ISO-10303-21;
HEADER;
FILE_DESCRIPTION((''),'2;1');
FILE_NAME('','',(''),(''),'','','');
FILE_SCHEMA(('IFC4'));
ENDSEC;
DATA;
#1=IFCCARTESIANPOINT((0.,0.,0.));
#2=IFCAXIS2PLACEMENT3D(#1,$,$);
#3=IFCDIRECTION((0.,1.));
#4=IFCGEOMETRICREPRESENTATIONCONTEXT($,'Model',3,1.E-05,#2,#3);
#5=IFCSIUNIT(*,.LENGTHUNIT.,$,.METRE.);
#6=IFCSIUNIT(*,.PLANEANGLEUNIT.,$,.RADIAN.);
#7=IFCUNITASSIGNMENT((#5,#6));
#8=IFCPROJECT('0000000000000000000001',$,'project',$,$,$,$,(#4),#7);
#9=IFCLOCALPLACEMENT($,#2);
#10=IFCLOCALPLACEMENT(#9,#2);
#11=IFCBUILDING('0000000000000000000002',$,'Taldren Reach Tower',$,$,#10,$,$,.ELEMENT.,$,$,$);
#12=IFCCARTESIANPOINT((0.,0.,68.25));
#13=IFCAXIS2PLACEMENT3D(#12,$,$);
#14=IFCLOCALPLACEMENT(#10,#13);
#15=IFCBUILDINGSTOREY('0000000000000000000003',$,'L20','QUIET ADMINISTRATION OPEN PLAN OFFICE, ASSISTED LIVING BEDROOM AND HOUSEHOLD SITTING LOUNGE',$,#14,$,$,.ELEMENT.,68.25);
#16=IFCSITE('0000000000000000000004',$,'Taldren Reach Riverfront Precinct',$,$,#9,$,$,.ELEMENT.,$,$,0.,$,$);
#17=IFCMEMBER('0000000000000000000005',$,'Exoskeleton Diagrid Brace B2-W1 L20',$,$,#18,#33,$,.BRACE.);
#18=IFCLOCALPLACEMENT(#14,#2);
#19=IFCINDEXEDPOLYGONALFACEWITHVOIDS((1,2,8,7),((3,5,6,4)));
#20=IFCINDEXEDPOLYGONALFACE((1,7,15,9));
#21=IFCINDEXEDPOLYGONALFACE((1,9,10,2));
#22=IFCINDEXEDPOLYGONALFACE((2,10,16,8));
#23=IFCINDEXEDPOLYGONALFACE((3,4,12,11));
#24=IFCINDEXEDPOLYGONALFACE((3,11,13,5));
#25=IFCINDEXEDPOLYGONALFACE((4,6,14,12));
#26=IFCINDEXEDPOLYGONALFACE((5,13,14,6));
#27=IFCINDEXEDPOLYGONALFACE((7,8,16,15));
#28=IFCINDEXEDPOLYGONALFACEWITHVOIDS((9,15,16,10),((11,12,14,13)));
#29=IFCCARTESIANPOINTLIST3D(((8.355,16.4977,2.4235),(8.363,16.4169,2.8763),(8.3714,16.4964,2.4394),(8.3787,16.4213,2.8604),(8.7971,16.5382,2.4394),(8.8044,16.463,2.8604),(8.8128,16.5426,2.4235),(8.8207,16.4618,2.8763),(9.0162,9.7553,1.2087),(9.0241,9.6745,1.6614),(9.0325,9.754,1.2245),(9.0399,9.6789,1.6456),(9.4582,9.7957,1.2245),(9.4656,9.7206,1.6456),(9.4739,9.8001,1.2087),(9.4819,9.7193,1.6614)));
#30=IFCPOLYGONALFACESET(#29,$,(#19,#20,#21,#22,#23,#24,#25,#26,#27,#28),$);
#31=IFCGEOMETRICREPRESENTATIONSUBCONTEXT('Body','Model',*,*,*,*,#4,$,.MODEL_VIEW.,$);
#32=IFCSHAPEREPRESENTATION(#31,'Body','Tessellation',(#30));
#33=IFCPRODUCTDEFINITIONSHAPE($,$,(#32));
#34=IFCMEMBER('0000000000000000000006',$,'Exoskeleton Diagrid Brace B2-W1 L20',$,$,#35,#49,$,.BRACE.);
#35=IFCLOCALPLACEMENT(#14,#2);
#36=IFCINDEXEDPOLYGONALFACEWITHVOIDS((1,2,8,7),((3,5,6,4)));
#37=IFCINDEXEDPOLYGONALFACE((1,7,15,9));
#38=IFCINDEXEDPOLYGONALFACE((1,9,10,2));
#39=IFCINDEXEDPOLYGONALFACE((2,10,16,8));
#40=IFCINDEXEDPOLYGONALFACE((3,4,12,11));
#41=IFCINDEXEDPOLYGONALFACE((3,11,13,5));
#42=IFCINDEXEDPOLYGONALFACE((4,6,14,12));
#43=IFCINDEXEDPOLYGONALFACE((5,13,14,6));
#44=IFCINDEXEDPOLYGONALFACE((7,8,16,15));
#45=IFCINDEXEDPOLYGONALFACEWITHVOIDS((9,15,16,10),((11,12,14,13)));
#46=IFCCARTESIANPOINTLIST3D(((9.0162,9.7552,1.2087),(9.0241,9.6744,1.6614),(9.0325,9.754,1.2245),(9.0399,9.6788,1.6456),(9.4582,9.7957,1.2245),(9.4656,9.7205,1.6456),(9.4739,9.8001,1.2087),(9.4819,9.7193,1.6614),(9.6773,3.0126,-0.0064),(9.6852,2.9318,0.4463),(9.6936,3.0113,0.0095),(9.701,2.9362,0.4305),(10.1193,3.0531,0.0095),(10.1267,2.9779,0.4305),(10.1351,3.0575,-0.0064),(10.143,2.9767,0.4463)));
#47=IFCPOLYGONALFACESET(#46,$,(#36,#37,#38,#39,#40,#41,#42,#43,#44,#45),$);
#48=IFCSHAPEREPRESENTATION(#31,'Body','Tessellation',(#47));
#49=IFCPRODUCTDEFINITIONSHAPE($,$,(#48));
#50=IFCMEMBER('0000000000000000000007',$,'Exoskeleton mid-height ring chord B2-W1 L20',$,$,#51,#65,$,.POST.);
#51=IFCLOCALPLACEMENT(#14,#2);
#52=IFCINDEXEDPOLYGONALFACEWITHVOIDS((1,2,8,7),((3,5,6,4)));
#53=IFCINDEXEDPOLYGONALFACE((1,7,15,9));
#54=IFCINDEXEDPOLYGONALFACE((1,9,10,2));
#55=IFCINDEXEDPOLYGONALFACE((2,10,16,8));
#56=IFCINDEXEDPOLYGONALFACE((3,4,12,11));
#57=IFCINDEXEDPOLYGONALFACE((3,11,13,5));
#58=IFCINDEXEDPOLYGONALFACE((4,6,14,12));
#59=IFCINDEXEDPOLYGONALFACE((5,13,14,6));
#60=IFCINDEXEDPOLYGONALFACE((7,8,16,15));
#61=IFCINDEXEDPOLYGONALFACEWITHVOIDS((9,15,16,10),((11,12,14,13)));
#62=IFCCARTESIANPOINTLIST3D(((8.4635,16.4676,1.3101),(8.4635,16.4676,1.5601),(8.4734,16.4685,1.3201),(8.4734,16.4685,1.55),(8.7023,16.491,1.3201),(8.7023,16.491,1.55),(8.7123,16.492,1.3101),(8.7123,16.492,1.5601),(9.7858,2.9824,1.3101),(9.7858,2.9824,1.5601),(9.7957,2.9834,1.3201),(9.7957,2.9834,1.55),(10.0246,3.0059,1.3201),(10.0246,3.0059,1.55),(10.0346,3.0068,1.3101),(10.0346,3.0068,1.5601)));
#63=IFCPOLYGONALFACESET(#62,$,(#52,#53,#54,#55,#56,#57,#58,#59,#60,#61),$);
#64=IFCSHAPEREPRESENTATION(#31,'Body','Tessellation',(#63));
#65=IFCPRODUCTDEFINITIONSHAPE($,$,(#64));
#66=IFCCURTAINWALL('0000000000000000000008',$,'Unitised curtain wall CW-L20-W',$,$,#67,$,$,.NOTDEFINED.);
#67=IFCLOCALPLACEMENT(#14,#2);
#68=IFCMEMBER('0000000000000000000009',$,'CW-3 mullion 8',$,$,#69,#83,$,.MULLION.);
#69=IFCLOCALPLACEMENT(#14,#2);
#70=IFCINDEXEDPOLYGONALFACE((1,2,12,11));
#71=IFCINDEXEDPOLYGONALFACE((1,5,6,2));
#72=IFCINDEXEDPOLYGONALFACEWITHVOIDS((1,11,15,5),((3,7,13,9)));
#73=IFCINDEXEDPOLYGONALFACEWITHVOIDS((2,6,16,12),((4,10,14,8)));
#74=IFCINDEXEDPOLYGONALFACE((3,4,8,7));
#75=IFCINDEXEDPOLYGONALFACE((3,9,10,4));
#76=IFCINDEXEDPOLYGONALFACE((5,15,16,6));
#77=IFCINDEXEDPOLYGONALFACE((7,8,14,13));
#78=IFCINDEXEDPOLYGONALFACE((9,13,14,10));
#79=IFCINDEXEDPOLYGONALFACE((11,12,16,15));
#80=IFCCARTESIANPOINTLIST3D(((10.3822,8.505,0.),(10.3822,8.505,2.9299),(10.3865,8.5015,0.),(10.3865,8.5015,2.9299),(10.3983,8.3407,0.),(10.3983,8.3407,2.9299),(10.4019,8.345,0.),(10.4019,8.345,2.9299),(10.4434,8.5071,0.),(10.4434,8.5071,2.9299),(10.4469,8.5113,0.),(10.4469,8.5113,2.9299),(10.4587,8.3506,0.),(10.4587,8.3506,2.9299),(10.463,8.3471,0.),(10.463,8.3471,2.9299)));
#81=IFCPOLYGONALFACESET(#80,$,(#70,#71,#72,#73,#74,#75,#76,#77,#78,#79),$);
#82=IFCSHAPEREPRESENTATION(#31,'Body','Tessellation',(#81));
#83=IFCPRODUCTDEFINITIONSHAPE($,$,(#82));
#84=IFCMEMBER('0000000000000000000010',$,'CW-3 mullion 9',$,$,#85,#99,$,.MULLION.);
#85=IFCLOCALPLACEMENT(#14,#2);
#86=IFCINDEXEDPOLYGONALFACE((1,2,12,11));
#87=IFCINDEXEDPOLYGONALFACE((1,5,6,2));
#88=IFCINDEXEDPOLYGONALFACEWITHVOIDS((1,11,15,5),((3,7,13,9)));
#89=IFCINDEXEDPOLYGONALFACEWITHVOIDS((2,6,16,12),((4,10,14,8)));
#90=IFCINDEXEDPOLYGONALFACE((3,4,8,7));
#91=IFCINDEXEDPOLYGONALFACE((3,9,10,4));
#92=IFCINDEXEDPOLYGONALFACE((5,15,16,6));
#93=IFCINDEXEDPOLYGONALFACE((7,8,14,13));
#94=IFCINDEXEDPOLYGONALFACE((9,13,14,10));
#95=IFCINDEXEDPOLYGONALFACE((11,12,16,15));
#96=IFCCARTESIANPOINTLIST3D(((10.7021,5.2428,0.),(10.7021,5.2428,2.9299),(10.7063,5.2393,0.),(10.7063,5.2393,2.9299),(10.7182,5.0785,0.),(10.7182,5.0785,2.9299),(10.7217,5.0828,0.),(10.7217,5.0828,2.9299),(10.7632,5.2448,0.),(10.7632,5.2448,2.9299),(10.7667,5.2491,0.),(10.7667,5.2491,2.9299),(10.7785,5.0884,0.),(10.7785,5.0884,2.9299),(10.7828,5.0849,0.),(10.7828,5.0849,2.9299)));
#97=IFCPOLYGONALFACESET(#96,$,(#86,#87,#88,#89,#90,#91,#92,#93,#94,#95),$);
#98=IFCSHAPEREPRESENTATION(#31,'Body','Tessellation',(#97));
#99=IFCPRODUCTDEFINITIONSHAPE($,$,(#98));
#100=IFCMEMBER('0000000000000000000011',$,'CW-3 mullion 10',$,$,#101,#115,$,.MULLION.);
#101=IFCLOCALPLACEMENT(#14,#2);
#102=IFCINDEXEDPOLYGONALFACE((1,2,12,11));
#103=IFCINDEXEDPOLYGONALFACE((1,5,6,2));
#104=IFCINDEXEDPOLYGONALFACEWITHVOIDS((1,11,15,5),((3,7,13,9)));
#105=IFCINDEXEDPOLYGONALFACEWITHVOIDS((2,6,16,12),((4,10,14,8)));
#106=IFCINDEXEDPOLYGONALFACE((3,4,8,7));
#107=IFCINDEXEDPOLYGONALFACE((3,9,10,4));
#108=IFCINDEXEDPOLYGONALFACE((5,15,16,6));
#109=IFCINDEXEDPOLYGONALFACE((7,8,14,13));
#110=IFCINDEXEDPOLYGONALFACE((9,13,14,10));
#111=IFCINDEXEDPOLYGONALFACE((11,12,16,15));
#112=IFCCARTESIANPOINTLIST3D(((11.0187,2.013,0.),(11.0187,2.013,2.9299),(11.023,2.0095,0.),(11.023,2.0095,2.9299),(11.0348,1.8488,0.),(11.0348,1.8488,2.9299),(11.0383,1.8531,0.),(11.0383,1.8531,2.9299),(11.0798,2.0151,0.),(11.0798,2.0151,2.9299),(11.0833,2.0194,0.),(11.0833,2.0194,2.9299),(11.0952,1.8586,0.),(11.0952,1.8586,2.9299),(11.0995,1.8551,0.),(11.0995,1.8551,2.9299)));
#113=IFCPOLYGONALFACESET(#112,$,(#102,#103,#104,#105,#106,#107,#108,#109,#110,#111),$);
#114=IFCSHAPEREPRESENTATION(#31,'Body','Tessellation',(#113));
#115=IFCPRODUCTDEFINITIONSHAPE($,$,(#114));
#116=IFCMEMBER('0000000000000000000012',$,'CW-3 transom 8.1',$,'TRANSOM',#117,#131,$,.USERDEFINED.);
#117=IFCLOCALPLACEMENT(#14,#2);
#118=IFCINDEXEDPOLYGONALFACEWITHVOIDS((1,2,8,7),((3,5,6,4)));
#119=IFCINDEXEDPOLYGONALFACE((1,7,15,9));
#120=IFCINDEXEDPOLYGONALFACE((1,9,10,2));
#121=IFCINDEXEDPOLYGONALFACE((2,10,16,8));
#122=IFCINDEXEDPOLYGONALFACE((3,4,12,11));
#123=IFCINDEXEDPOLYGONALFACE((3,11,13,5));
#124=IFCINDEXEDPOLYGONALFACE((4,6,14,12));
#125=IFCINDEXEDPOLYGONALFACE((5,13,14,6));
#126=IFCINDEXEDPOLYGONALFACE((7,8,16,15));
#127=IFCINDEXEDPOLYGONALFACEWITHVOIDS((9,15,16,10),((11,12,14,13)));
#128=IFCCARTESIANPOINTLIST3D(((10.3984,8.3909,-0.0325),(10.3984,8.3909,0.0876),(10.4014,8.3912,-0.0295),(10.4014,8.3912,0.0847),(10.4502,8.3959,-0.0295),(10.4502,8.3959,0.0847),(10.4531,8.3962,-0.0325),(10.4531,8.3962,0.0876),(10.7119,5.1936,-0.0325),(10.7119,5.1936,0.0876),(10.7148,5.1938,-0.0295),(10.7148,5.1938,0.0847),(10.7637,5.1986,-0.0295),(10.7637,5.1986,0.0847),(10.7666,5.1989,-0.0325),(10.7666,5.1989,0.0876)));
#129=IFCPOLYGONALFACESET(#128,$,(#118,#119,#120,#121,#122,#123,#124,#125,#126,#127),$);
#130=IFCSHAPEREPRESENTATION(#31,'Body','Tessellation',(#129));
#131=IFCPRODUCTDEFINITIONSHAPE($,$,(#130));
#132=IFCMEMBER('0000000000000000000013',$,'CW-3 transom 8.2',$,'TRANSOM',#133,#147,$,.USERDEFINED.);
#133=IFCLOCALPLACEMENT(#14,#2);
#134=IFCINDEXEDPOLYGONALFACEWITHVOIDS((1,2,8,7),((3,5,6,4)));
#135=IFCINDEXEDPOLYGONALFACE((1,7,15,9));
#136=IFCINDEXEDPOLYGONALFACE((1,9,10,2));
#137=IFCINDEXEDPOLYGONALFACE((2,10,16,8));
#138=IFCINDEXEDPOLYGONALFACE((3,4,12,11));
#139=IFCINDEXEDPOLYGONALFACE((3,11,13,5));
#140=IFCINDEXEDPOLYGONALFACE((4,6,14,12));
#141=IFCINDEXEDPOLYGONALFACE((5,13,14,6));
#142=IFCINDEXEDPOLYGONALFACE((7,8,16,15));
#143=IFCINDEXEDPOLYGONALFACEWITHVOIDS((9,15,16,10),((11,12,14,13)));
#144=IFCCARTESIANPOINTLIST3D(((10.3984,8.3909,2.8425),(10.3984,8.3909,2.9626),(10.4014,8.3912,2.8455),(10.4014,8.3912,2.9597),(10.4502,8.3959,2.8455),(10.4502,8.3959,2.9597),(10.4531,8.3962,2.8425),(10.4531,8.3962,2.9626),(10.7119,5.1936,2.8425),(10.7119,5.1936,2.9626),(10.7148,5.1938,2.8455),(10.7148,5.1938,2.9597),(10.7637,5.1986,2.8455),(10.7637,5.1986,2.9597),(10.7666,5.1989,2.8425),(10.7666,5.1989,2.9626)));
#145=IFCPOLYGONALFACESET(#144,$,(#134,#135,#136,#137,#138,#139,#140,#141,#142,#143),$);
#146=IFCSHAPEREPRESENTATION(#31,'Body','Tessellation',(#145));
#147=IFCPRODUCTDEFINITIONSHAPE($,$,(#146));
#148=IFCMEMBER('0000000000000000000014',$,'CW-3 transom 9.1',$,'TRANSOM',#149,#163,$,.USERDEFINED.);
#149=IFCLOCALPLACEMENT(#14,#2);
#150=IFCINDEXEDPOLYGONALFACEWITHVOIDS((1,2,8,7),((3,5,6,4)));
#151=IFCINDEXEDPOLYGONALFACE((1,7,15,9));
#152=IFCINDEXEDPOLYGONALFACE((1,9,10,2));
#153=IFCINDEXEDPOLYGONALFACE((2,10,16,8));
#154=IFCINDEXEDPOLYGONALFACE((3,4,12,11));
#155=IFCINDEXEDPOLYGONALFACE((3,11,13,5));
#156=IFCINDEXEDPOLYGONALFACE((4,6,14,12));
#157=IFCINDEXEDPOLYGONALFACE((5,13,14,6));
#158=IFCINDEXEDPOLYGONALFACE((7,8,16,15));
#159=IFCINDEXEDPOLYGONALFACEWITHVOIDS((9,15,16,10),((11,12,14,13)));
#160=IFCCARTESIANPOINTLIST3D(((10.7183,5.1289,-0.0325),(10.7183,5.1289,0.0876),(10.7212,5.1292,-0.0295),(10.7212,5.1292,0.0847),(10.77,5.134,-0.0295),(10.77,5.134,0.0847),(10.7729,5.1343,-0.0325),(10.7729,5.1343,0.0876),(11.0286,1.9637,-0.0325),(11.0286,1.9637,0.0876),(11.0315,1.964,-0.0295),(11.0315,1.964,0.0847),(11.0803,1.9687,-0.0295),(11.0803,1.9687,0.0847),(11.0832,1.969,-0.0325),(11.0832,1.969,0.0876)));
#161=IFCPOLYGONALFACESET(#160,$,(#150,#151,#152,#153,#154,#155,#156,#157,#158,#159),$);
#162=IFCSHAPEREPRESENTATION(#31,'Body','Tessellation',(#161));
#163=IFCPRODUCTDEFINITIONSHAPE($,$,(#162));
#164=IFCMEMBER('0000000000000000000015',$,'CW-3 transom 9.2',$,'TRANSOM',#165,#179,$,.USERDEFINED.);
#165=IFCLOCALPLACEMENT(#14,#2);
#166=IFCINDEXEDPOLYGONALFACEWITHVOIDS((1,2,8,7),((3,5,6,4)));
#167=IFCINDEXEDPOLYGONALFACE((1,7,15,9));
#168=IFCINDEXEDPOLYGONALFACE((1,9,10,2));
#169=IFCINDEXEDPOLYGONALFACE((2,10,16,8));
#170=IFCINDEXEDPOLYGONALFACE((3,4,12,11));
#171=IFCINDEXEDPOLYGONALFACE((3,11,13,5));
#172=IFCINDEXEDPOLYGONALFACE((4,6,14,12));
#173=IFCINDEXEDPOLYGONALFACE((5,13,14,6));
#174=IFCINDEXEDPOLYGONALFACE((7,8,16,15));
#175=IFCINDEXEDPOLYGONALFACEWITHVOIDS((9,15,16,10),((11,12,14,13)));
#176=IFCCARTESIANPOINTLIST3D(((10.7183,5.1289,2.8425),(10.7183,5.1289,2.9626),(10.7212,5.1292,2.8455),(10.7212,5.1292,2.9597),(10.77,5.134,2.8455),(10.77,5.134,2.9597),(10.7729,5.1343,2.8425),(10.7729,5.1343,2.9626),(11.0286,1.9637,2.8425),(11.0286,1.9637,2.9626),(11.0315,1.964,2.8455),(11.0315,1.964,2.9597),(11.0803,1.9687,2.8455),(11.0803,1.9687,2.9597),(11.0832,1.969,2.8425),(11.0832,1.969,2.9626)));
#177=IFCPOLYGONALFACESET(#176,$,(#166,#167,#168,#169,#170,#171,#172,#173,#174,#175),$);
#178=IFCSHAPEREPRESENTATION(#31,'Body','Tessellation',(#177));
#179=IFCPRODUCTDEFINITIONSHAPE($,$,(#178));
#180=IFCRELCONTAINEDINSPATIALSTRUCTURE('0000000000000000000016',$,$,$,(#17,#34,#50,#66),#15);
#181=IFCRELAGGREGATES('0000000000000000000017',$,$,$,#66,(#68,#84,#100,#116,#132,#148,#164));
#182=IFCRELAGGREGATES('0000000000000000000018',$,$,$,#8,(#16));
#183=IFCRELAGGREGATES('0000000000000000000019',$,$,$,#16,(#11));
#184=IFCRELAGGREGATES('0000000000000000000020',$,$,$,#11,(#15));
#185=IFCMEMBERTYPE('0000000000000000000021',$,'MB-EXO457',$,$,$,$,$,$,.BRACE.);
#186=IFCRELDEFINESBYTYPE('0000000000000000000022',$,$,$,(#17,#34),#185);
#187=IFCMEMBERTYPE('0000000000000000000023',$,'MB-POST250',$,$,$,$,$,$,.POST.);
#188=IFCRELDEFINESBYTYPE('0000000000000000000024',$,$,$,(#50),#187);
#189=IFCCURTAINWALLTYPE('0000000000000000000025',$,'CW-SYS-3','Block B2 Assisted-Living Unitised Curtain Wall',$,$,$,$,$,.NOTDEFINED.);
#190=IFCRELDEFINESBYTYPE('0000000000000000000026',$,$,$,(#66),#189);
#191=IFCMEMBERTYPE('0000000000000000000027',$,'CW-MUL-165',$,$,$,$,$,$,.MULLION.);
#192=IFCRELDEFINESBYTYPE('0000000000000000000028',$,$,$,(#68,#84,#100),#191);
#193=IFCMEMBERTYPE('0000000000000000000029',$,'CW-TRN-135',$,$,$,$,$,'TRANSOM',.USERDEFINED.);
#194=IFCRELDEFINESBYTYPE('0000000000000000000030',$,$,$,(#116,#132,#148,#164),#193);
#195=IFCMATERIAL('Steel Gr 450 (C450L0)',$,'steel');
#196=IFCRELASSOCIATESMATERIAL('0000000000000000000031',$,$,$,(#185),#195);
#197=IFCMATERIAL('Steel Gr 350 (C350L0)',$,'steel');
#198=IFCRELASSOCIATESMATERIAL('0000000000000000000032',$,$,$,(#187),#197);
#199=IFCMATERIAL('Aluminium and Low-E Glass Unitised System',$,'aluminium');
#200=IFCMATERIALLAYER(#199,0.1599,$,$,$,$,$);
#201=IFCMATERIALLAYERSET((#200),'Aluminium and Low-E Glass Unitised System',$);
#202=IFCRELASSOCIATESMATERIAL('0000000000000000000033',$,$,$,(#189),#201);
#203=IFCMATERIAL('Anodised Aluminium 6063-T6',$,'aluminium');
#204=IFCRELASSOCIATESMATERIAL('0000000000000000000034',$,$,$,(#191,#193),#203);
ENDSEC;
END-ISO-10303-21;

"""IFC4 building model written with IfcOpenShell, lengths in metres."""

from ifc_helpers import new_model, si_unit, direction, frame, origin, origin_2d, place, context, subcontext, project, spatial, hollow_rectangle, extrude, source, transform, mapped, material, layer, layer_set, material_profile, profile_set, type_object, element, aggregate, save


model = new_model("IFC4")

# Units and contexts
model_context = context("Model", 3, precision=1e-05, world=origin(), true_north=direction((0.0, 1.0)))
body_context = subcontext(model_context, "Body", "Model", "MODEL_VIEW")
ifc_project = project(units=[si_unit("LENGTHUNIT", "METRE"), si_unit("PLANEANGLEUNIT", "RADIAN")], contexts=[model_context])

# Site, building, storey
site_placement = place(None, origin())
site = spatial("IfcSite", under=ifc_project, at=site_placement, Name="Taldren Reach Riverfront Precinct", CompositionType="ELEMENT", RefElevation=0.0)
building_placement = place(site_placement, origin())
building = spatial("IfcBuilding", under=site, at=building_placement, Name="Taldren Reach Tower", CompositionType="ELEMENT")
storey_placement = place(building_placement, frame((0.0, 0.0, 68.25)))
storey = spatial("IfcBuildingStorey", under=building, at=storey_placement, Name="L20", Description="QUIET ADMINISTRATION OPEN PLAN OFFICE, ASSISTED LIVING BEDROOM AND HOUSEHOLD SITTING LOUNGE", CompositionType="ELEMENT", Elevation=68.25)

# Members
ifc_material_1 = material(Name="Steel Gr 450 (C450L0)", Category="steel")
ifc_material_profile_1 = material_profile(ifc_material_1, hollow_rectangle(XDim=0.46, YDim=0.46, WallThickness=0.0161, at=origin_2d()), Name="460x460x16.0SHS")
ifc_profile_set_1 = profile_set([ifc_material_profile_1], Name="Steel Gr 450 (C450L0)")
member_type_1 = type_object("IfcMemberType", Name="MB-EXO457", PredefinedType="BRACE", material=ifc_profile_set_1)
shared_shape_1 = source(origin(), body_context, "Body", "SweptSolid", [
    extrude(hollow_rectangle(XDim=0.46, YDim=0.46, WallThickness=0.0161, at=origin_2d()), origin(), (0.0, 0.0, 1.0), 6.8828),
])
member_1_placement = place(storey_placement, frame((9.249, 9.7373, 1.4351), z_axis=(-0.096055, 0.979602, 0.176504), x_axis=(-0.995227, -0.097588, 0.0)))
element("IfcMember", 1, at=member_1_placement, inside=storey, type_object=member_type_1, Name="Exoskeleton Diagrid Brace B2-W1 L20", PredefinedType="BRACE", context=body_context, shape_type="MappedRepresentation", body=[
    mapped(shared_shape_1, transform((0.0, 0.0, 0.0), scale=1.0)),
])
shared_shape_2 = source(origin(), body_context, "Body", "SweptSolid", [
    extrude(hollow_rectangle(XDim=0.46, YDim=0.46, WallThickness=0.0161, at=origin_2d()), origin(), (0.0, 0.0, 1.0), 6.8831),
])
member_2_placement = place(storey_placement, frame((9.9102, 2.9946, 0.22), z_axis=(-0.096051, 0.979597, 0.176532), x_axis=(-0.995227, -0.097584, 0.0)))
element("IfcMember", 2, at=member_2_placement, inside=storey, type_object=member_type_1, Name="Exoskeleton Diagrid Brace B2-W1 L20", PredefinedType="BRACE", context=body_context, shape_type="MappedRepresentation", body=[
    mapped(shared_shape_2, transform((0.0, 0.0, 0.0), scale=1.0)),
])
ifc_material_2 = material(Name="Steel Gr 350 (C350L0)", Category="steel")
ifc_material_profile_2 = material_profile(ifc_material_2, hollow_rectangle(XDim=0.25, YDim=0.25, WallThickness=0.01, at=origin_2d()), Name="250x250x10.0SHS")
ifc_profile_set_2 = profile_set([ifc_material_profile_2], Name="Steel Gr 350 (C350L0)")
member_type_2 = type_object("IfcMemberType", Name="MB-POST250", PredefinedType="POST", material=ifc_profile_set_2)
shared_shape_3 = source(origin(), body_context, "Body", "SweptSolid", [
    extrude(hollow_rectangle(XDim=0.25, YDim=0.25, WallThickness=0.01, at=origin_2d()), origin(), (0.0, 0.0, 1.0), 13.5498),
])
member_3_placement = place(storey_placement, frame((9.9102, 2.9946, 1.4351), z_axis=(-0.097586, 0.995227, 0.0), x_axis=(-0.995227, -0.097586, 0.0)))
element("IfcMember", 3, at=member_3_placement, inside=storey, type_object=member_type_2, Name="Exoskeleton mid-height ring chord B2-W1 L20", PredefinedType="POST", context=body_context, shape_type="MappedRepresentation", body=[
    mapped(shared_shape_3, transform((0.0, 0.0, 0.0), scale=1.0)),
])

# Curtain wall, members
ifc_material_3 = material(Name="Aluminium and Low-E Glass Unitised System", Category="aluminium")
ifc_layer_1 = layer(ifc_material_3, 0.1599)
ifc_layer_set_1 = layer_set([ifc_layer_1], Name="Aluminium and Low-E Glass Unitised System")
curtain_wall_type = type_object("IfcCurtainWallType", Name="CW-SYS-3", Description="Block B2 Assisted-Living Unitised Curtain Wall", PredefinedType="NOTDEFINED", material=ifc_layer_set_1)
curtain_wall_placement = place(storey_placement, origin())
curtain_wall = element("IfcCurtainWall", 4, at=curtain_wall_placement, inside=storey, type_object=curtain_wall_type, Name="Unitised curtain wall CW-L20-W", PredefinedType="NOTDEFINED")
ifc_material_4 = material(Name="Anodised Aluminium 6063-T6", Category="aluminium")
ifc_material_profile_3 = material_profile(ifc_material_4, hollow_rectangle(XDim=0.0649, YDim=0.165, WallThickness=0.0039, at=origin_2d()), Name="ALU-165x65x4RHS")
ifc_profile_set_3 = profile_set([ifc_material_profile_3], Name="Anodised Aluminium 6063-T6")
member_type_3 = type_object("IfcMemberType", Name="CW-MUL-165", PredefinedType="MULLION", material=ifc_profile_set_3)
shared_shape_4 = source(origin(), body_context, "Body", "SweptSolid", [
    extrude(hollow_rectangle(XDim=0.0649, YDim=0.165, WallThickness=0.0039, at=origin_2d()), origin(), (0.0, 0.0, 1.0), 2.9299),
])
member_4_placement = place(storey_placement, frame((10.4226, 8.426, 0.0), z_axis=(0.0, 0.0, 1.0), x_axis=(0.995227, 0.097583, 0.0)))
member_4 = element("IfcMember", 5, at=member_4_placement, type_object=member_type_3, Name="CW-3 mullion 8", PredefinedType="MULLION", context=body_context, shape_type="MappedRepresentation", body=[
    mapped(shared_shape_4, transform((0.0, 0.0, 0.0), scale=1.0)),
])
member_5_placement = place(storey_placement, frame((10.7424, 5.1638, 0.0), z_axis=(0.0, 0.0, 1.0), x_axis=(0.995227, 0.097583, 0.0)))
member_5 = element("IfcMember", 6, at=member_5_placement, type_object=member_type_3, Name="CW-3 mullion 9", PredefinedType="MULLION", context=body_context, shape_type="MappedRepresentation", body=[
    mapped(shared_shape_4, transform((0.0, 0.0, 0.0), scale=1.0)),
])
member_6_placement = place(storey_placement, frame((11.0591, 1.9341, 0.0), z_axis=(0.0, 0.0, 1.0), x_axis=(0.995227, 0.097583, 0.0)))
member_6 = element("IfcMember", 7, at=member_6_placement, type_object=member_type_3, Name="CW-3 mullion 10", PredefinedType="MULLION", context=body_context, shape_type="MappedRepresentation", body=[
    mapped(shared_shape_4, transform((0.0, 0.0, 0.0), scale=1.0)),
])
ifc_material_profile_4 = material_profile(ifc_material_4, hollow_rectangle(XDim=0.0549, YDim=0.1201, WallThickness=0.0029, at=origin_2d()), Name="ALU-120x55x3RHS")
ifc_profile_set_4 = profile_set([ifc_material_profile_4], Name="Anodised Aluminium 6063-T6")
member_type_4 = type_object("IfcMemberType", Name="CW-TRN-135", ElementType="TRANSOM", PredefinedType="USERDEFINED", material=ifc_profile_set_4)
shared_shape_5 = source(origin(), body_context, "Body", "SweptSolid", [
    extrude(hollow_rectangle(XDim=0.0549, YDim=0.1201, WallThickness=0.0029, at=origin_2d()), origin(), (0.0, 0.0, 1.0), 3.2126),
])
member_7_placement = place(storey_placement, frame((10.4258, 8.3936, 0.0276), z_axis=(0.097577, -0.995228, 0.0), x_axis=(0.995228, 0.097577, 0.0)))
member_7 = element("IfcMember", 8, at=member_7_placement, type_object=member_type_4, Name="CW-3 transom 8.1", ObjectType="TRANSOM", PredefinedType="USERDEFINED", context=body_context, shape_type="MappedRepresentation", body=[
    mapped(shared_shape_5, transform((0.0, 0.0, 0.0), scale=1.0)),
])
member_8_placement = place(storey_placement, frame((10.4258, 8.3936, 2.9026), z_axis=(0.097577, -0.995228, 0.0), x_axis=(0.995228, 0.097577, 0.0)))
member_8 = element("IfcMember", 9, at=member_8_placement, type_object=member_type_4, Name="CW-3 transom 8.2", ObjectType="TRANSOM", PredefinedType="USERDEFINED", context=body_context, shape_type="MappedRepresentation", body=[
    mapped(shared_shape_5, transform((0.0, 0.0, 0.0), scale=1.0)),
])
shared_shape_6 = source(origin(), body_context, "Body", "SweptSolid", [
    extrude(hollow_rectangle(XDim=0.0549, YDim=0.1201, WallThickness=0.0029, at=origin_2d()), origin(), (0.0, 0.0, 1.0), 3.1804),
])
member_9_placement = place(storey_placement, frame((10.7456, 5.1316, 0.0276), z_axis=(0.097565, -0.995229, 0.0), x_axis=(0.995229, 0.097565, 0.0)))
member_9 = element("IfcMember", 10, at=member_9_placement, type_object=member_type_4, Name="CW-3 transom 9.1", ObjectType="TRANSOM", PredefinedType="USERDEFINED", context=body_context, shape_type="MappedRepresentation", body=[
    mapped(shared_shape_6, transform((0.0, 0.0, 0.0), scale=1.0)),
])
member_10_placement = place(storey_placement, frame((10.7456, 5.1316, 2.9026), z_axis=(0.097565, -0.995229, 0.0), x_axis=(0.995229, 0.097565, 0.0)))
member_10 = element("IfcMember", 11, at=member_10_placement, type_object=member_type_4, Name="CW-3 transom 9.2", ObjectType="TRANSOM", PredefinedType="USERDEFINED", context=body_context, shape_type="MappedRepresentation", body=[
    mapped(shared_shape_6, transform((0.0, 0.0, 0.0), scale=1.0)),
])

aggregate(curtain_wall, [member_4, member_5, member_6, member_7, member_8, member_9, member_10])

save(model, "model.ifc")
